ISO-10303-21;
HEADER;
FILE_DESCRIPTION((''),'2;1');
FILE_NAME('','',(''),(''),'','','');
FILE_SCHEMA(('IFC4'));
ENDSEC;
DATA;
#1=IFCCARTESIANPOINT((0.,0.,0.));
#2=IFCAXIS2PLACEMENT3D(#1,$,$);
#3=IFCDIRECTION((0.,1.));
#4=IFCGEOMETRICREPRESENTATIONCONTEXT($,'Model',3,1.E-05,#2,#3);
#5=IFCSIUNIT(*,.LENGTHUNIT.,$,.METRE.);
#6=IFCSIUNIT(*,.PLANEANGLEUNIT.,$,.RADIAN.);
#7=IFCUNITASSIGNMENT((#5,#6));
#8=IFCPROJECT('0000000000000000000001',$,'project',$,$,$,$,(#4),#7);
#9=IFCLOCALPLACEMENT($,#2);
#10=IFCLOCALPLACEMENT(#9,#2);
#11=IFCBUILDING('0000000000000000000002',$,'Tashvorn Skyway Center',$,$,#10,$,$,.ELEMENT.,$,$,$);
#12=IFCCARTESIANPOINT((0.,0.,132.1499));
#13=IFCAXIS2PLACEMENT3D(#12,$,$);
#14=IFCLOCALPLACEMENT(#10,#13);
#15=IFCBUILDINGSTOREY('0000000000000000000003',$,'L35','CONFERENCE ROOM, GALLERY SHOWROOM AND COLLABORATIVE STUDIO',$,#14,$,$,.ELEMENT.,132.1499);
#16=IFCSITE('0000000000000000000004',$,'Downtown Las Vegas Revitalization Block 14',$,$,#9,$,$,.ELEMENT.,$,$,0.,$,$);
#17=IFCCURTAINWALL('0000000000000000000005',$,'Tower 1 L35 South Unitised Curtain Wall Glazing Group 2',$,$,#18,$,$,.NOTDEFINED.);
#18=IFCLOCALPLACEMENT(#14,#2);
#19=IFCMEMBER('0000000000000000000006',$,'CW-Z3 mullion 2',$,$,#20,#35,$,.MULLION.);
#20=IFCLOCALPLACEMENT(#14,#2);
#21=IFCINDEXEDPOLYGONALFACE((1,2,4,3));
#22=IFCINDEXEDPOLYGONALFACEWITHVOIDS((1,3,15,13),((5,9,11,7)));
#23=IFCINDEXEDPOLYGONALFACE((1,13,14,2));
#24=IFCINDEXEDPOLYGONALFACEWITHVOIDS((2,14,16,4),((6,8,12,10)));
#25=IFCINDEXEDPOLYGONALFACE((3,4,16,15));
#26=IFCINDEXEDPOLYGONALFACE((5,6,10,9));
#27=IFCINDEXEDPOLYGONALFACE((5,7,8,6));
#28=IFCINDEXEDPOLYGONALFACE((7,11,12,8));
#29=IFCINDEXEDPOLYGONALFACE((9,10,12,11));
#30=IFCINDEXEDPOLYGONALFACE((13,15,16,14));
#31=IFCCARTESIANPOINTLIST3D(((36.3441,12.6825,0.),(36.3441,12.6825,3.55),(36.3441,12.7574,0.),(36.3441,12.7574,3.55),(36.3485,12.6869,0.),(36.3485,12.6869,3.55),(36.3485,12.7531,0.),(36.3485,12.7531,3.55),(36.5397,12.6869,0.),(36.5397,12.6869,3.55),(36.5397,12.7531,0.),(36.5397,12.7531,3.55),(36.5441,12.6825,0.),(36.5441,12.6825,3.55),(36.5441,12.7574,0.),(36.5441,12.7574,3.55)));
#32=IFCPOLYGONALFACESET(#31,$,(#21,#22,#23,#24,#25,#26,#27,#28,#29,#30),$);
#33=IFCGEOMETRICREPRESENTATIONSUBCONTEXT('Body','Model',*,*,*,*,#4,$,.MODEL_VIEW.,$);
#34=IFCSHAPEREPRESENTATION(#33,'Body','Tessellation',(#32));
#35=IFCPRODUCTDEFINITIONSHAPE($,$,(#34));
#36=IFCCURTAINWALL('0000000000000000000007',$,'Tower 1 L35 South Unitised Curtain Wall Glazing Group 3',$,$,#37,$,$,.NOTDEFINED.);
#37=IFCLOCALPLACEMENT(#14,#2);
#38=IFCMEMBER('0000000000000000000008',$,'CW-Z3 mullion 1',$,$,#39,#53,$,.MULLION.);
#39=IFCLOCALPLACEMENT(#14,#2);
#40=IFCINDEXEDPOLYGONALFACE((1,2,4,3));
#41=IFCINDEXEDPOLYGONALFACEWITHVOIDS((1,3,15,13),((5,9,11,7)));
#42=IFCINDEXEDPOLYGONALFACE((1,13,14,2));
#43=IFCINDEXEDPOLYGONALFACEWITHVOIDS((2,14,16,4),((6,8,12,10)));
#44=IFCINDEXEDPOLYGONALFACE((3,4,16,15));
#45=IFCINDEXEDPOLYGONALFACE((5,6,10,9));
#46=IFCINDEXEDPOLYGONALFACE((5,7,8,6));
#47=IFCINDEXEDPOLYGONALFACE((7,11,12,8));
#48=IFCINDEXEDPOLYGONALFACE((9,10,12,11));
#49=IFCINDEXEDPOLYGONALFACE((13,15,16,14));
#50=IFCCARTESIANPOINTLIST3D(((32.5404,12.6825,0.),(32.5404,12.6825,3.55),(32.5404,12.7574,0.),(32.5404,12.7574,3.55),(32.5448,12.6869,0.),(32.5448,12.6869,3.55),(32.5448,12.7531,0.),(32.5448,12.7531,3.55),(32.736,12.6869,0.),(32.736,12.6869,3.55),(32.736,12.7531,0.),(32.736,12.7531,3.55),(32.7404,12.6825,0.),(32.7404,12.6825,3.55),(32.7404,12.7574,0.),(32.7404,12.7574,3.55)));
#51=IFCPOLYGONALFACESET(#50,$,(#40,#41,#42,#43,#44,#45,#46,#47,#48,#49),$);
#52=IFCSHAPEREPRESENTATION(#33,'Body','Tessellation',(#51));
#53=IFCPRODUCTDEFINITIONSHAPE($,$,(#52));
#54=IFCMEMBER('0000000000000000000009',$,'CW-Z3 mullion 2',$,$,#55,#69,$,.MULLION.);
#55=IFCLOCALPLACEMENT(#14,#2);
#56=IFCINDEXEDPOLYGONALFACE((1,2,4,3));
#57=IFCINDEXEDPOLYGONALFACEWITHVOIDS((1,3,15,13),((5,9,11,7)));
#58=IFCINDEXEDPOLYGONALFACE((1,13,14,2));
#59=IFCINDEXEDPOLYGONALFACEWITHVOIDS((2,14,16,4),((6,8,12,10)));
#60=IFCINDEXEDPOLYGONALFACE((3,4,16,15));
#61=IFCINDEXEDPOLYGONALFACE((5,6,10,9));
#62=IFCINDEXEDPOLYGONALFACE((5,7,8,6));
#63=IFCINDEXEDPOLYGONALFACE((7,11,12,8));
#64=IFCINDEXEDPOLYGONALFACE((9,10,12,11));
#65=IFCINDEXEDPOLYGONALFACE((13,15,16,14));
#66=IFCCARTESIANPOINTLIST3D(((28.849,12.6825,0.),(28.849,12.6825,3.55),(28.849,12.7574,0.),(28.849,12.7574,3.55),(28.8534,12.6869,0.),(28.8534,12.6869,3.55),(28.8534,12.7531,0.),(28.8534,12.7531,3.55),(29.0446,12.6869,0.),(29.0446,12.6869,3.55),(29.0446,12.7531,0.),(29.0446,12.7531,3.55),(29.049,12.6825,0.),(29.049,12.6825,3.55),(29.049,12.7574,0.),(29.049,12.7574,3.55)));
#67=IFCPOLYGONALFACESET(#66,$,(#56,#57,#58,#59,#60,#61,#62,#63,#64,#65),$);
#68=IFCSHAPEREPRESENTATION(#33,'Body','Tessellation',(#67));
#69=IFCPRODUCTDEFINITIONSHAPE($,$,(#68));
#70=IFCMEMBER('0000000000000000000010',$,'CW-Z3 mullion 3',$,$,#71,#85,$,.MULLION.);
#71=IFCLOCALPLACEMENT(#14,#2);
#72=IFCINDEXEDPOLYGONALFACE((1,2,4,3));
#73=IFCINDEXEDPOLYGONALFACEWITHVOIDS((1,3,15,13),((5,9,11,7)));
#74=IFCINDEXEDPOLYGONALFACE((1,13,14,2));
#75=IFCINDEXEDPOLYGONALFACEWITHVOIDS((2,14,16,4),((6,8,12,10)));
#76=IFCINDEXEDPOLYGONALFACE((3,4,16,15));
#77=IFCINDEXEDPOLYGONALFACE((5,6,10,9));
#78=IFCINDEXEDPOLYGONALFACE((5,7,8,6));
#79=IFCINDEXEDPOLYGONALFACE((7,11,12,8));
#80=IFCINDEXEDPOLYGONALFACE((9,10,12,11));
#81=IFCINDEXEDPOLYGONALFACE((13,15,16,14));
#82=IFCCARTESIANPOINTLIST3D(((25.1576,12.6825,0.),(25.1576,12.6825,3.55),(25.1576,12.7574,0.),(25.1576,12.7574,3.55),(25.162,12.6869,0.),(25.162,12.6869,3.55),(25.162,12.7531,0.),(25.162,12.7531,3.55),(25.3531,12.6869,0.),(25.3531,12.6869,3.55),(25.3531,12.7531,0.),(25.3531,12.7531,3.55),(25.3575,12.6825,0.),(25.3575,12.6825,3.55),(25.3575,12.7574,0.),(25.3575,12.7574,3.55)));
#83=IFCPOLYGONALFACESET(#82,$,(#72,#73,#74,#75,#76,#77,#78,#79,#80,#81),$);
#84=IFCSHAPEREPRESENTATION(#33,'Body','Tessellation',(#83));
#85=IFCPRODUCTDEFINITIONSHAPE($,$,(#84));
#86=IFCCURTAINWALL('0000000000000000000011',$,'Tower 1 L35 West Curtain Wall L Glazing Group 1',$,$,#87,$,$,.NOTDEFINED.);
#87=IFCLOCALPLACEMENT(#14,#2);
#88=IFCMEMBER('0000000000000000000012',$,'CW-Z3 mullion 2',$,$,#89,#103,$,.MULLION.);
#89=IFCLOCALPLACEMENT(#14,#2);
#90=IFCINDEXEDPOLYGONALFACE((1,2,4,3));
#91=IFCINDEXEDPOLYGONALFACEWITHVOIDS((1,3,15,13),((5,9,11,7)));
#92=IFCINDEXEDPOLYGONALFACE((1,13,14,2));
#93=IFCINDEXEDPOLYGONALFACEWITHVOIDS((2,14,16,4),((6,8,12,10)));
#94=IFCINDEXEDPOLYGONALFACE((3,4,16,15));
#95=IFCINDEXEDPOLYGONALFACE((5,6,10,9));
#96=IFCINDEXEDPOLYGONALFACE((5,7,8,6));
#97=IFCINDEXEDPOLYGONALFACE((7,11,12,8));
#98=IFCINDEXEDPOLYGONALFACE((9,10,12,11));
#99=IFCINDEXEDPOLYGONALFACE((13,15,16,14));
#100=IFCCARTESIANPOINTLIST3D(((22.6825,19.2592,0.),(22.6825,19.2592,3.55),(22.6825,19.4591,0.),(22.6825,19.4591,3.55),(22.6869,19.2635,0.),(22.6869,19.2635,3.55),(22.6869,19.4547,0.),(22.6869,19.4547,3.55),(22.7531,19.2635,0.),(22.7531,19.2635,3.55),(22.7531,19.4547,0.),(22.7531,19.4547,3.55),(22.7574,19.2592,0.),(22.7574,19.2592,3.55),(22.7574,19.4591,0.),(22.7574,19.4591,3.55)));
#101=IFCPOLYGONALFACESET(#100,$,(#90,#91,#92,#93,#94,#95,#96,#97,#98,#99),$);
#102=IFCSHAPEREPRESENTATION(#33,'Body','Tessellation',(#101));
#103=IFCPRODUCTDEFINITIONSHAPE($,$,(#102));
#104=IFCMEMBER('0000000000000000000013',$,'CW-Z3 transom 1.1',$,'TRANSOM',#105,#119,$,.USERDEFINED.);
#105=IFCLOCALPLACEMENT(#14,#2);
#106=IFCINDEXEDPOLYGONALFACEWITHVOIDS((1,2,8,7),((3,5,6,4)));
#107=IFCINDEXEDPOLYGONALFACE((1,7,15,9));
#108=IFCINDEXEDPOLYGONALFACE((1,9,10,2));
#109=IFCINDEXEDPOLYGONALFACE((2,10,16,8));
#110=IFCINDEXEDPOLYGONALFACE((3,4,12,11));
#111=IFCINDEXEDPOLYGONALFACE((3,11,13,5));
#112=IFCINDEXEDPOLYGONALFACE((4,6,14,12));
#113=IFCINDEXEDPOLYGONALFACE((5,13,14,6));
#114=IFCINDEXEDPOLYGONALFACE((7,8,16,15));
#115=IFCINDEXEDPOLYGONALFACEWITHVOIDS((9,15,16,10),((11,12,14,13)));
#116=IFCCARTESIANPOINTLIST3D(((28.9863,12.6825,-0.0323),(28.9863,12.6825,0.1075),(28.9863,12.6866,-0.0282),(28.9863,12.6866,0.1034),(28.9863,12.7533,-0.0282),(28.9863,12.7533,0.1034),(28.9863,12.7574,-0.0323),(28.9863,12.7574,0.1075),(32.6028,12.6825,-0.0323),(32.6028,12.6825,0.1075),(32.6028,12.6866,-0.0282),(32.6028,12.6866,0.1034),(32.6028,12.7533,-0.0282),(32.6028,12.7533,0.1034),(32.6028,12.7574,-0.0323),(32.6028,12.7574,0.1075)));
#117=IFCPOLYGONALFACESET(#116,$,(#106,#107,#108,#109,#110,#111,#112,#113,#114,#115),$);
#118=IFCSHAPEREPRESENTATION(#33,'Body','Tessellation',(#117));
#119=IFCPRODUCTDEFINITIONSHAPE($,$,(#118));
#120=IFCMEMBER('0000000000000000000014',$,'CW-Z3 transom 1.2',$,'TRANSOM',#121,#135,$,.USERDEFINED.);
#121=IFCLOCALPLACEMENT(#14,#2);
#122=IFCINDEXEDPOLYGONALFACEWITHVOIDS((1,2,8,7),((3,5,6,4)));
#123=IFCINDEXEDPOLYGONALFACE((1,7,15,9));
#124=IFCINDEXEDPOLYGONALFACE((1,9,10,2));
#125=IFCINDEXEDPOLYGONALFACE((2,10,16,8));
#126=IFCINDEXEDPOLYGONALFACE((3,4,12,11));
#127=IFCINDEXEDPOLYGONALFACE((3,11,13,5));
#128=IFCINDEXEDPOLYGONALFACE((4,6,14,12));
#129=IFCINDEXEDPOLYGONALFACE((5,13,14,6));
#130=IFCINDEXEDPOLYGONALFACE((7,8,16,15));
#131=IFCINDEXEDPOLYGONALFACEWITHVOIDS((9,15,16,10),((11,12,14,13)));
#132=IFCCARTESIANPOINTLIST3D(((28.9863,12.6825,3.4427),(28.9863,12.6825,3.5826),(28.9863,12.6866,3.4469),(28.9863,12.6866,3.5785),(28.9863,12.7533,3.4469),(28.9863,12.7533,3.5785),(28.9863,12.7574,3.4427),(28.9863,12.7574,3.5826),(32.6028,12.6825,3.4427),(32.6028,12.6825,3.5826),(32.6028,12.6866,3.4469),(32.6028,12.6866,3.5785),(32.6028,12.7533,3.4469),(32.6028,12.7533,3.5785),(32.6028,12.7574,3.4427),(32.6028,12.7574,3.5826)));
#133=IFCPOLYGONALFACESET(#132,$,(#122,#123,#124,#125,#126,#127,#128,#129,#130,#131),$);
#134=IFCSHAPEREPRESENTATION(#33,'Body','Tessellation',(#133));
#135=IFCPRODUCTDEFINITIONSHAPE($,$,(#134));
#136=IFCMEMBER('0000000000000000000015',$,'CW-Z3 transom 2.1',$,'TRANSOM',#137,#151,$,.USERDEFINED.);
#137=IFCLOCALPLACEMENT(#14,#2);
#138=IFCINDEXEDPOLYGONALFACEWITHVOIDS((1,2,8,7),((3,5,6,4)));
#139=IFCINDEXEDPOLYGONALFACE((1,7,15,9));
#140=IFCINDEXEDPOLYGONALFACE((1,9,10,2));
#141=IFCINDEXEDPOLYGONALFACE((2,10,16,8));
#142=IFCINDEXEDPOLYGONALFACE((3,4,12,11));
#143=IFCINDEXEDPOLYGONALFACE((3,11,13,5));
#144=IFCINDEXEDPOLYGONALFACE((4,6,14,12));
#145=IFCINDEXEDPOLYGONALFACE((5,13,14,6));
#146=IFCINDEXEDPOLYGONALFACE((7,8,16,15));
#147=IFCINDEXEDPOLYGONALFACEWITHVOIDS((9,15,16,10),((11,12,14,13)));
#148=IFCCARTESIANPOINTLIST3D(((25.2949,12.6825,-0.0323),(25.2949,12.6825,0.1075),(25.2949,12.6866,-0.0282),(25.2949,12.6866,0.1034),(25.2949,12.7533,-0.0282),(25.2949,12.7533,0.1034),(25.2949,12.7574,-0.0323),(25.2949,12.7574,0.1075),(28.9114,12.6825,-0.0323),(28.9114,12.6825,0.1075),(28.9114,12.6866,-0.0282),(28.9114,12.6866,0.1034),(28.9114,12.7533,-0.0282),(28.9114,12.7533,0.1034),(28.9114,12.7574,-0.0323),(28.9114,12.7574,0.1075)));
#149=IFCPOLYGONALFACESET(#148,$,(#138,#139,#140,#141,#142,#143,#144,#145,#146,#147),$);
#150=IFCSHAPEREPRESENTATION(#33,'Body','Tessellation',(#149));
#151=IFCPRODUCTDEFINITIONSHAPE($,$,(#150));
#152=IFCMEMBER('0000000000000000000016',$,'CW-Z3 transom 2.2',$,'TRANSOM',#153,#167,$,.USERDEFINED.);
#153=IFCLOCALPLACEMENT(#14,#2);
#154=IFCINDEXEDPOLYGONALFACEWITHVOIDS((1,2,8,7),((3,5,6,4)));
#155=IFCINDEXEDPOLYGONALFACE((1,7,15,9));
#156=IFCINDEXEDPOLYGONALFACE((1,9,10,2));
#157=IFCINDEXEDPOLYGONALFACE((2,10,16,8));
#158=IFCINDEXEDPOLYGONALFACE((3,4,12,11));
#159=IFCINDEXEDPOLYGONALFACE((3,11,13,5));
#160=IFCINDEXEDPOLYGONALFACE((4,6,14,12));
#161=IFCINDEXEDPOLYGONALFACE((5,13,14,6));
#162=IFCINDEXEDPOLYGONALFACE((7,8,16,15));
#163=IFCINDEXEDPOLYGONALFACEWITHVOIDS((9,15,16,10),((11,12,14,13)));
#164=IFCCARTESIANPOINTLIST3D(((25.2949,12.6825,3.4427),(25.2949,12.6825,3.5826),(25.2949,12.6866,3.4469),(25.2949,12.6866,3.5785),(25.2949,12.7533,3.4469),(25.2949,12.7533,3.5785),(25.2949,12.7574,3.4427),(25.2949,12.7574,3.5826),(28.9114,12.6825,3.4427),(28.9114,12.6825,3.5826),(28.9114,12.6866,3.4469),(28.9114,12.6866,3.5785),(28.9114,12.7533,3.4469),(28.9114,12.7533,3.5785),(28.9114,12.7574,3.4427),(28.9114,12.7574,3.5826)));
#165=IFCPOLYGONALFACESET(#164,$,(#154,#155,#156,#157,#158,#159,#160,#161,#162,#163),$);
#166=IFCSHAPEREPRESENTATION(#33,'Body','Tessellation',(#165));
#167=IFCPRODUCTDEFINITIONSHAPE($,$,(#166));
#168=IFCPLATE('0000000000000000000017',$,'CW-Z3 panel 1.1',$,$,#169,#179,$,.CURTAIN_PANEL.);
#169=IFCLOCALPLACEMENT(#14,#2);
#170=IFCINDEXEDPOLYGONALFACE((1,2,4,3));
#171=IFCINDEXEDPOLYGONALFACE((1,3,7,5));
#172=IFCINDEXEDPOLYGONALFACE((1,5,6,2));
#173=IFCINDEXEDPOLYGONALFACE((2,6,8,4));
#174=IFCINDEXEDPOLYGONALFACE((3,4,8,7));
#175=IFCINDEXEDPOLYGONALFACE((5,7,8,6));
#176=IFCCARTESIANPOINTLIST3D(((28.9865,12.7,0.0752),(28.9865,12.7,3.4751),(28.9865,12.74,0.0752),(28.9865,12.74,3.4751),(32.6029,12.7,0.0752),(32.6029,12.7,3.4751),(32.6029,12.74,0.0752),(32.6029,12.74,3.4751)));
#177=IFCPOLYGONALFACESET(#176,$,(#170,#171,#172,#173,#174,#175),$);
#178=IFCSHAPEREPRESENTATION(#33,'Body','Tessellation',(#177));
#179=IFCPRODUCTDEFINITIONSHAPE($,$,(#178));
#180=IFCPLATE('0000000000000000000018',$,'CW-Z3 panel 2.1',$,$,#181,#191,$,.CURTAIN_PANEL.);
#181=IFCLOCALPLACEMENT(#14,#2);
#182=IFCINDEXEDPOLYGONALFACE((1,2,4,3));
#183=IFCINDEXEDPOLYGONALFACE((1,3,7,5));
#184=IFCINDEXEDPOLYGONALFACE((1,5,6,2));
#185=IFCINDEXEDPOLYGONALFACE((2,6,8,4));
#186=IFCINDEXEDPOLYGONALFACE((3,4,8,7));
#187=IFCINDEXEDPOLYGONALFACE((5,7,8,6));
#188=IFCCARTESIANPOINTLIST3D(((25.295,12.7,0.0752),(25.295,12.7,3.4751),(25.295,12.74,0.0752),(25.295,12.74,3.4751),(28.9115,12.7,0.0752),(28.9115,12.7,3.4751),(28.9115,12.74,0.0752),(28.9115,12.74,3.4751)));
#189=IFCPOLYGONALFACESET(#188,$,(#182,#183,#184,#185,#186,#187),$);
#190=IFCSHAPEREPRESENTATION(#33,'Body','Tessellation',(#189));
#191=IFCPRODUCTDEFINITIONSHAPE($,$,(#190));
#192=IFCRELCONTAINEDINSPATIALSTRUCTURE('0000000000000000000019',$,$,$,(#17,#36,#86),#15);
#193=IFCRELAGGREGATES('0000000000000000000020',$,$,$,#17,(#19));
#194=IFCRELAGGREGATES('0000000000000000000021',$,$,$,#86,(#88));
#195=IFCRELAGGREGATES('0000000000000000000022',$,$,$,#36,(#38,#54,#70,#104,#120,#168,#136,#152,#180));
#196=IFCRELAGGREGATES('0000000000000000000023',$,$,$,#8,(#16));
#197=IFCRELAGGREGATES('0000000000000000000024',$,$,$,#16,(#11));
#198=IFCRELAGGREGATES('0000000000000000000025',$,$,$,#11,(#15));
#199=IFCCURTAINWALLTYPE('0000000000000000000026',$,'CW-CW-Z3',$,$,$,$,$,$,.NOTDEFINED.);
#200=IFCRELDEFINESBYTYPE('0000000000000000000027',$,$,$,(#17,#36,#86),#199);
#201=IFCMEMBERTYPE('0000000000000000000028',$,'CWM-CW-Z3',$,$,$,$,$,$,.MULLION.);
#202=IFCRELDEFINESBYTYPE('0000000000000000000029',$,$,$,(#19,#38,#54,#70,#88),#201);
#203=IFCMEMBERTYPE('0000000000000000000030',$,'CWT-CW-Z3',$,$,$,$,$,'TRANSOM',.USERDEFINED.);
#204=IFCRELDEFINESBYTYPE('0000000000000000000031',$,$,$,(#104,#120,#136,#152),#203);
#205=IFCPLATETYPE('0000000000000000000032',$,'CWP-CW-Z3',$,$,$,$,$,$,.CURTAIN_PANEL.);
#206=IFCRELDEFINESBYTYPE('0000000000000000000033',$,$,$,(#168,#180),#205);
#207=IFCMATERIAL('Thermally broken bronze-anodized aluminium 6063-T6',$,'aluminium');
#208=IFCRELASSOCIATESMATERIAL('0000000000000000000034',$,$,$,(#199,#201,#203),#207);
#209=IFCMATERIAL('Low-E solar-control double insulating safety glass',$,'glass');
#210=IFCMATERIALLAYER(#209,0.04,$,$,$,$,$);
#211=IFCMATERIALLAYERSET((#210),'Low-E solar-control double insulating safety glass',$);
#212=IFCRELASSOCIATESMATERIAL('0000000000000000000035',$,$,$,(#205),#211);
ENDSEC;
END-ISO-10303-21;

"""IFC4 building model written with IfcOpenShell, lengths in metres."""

from ifc_helpers import new_model, si_unit, direction, frame, origin, origin_2d, place, context, subcontext, project, spatial, rectangle, hollow_rectangle, extrude, material, layer, layer_set, material_profile, profile_set, type_object, element, aggregate, save


model = new_model("IFC4")

# Units and contexts
model_context = context("Model", 3, precision=1e-05, world=origin(), true_north=direction((0.0, 1.0)))
body_context = subcontext(model_context, "Body", "Model", "MODEL_VIEW")
ifc_project = project(units=[si_unit("LENGTHUNIT", "METRE"), si_unit("PLANEANGLEUNIT", "RADIAN")], contexts=[model_context])

# Site, building, storey
site_placement = place(None, origin())
site = spatial("IfcSite", under=ifc_project, at=site_placement, Name="Downtown Las Vegas Revitalization Block 14", CompositionType="ELEMENT", RefElevation=0.0)
building_placement = place(site_placement, origin())
building = spatial("IfcBuilding", under=site, at=building_placement, Name="Tashvorn Skyway Center", CompositionType="ELEMENT")
storey_placement = place(building_placement, frame((0.0, 0.0, 132.1499)))
storey = spatial("IfcBuildingStorey", under=building, at=storey_placement, Name="L35", Description="CONFERENCE ROOM, GALLERY SHOWROOM AND COLLABORATIVE STUDIO", CompositionType="ELEMENT", Elevation=132.1499)

# Curtain wall, member
ifc_material_1 = material(Name="Thermally broken bronze-anodized aluminium 6063-T6", Category="aluminium")
curtain_wall_type = type_object("IfcCurtainWallType", Name="CW-CW-Z3", PredefinedType="NOTDEFINED", material=ifc_material_1)
curtain_wall_1_placement = place(storey_placement, origin())
curtain_wall_1 = element("IfcCurtainWall", 1, at=curtain_wall_1_placement, inside=storey, type_object=curtain_wall_type, Name="Tower 1 L35 South Unitised Curtain Wall Glazing Group 2", PredefinedType="NOTDEFINED")
ifc_material_profile_1 = material_profile(ifc_material_1, hollow_rectangle(XDim=0.075, YDim=0.2, WallThickness=0.0044, at=origin_2d()), Name="ALU-MULL-75x200")
ifc_profile_set_1 = profile_set([ifc_material_profile_1], Name="Thermally broken bronze-anodized aluminium 6063-T6")
member_type_1 = type_object("IfcMemberType", Name="CWM-CW-Z3", PredefinedType="MULLION", material=ifc_profile_set_1)
member_1_placement = place(storey_placement, frame((36.4441, 12.72, 0.0), z_axis=(0.0, 0.0, 1.0), x_axis=(0.0, -1.0, 0.0)))
member_1 = element("IfcMember", 2, at=member_1_placement, type_object=member_type_1, Name="CW-Z3 mullion 2", PredefinedType="MULLION", context=body_context, shape_type="SweptSolid", body=[
    extrude(hollow_rectangle(XDim=0.075, YDim=0.2, WallThickness=0.0044, at=origin_2d()), origin(), (0.0, 0.0, 1.0), 3.55),
])
aggregate(curtain_wall_1, [member_1])

# Curtain wall, members
curtain_wall_2_placement = place(storey_placement, origin())
curtain_wall_2 = element("IfcCurtainWall", 3, at=curtain_wall_2_placement, inside=storey, type_object=curtain_wall_type, Name="Tower 1 L35 South Unitised Curtain Wall Glazing Group 3", PredefinedType="NOTDEFINED")
member_2_placement = place(storey_placement, frame((32.6404, 12.72, 0.0), z_axis=(0.0, 0.0, 1.0), x_axis=(0.0, -1.0, 0.0)))
member_2 = element("IfcMember", 4, at=member_2_placement, type_object=member_type_1, Name="CW-Z3 mullion 1", PredefinedType="MULLION", context=body_context, shape_type="SweptSolid", body=[
    extrude(hollow_rectangle(XDim=0.075, YDim=0.2, WallThickness=0.0044, at=origin_2d()), origin(), (0.0, 0.0, 1.0), 3.55),
])
member_3_placement = place(storey_placement, frame((28.949, 12.72, 0.0), z_axis=(0.0, 0.0, 1.0), x_axis=(0.0, -1.0, 0.0)))
member_3 = element("IfcMember", 5, at=member_3_placement, type_object=member_type_1, Name="CW-Z3 mullion 2", PredefinedType="MULLION", context=body_context, shape_type="SweptSolid", body=[
    extrude(hollow_rectangle(XDim=0.075, YDim=0.2, WallThickness=0.0044, at=origin_2d()), origin(), (0.0, 0.0, 1.0), 3.55),
])
member_4_placement = place(storey_placement, frame((25.2576, 12.72, 0.0), z_axis=(0.0, 0.0, 1.0), x_axis=(0.0, -1.0, 0.0)))
member_4 = element("IfcMember", 6, at=member_4_placement, type_object=member_type_1, Name="CW-Z3 mullion 3", PredefinedType="MULLION", context=body_context, shape_type="SweptSolid", body=[
    extrude(hollow_rectangle(XDim=0.075, YDim=0.2, WallThickness=0.0044, at=origin_2d()), origin(), (0.0, 0.0, 1.0), 3.55),
])

# Curtain wall, member
curtain_wall_3_placement = place(storey_placement, origin())
curtain_wall_3 = element("IfcCurtainWall", 7, at=curtain_wall_3_placement, inside=storey, type_object=curtain_wall_type, Name="Tower 1 L35 West Curtain Wall L Glazing Group 1", PredefinedType="NOTDEFINED")
member_5_placement = place(storey_placement, frame((22.72, 19.3591, 0.0), z_axis=(0.0, 0.0, 1.0), x_axis=(-1.0, 0.0, 0.0)))
member_5 = element("IfcMember", 8, at=member_5_placement, type_object=member_type_1, Name="CW-Z3 mullion 2", PredefinedType="MULLION", context=body_context, shape_type="SweptSolid", body=[
    extrude(hollow_rectangle(XDim=0.075, YDim=0.2, WallThickness=0.0044, at=origin_2d()), origin(), (0.0, 0.0, 1.0), 3.55),
])
aggregate(curtain_wall_3, [member_5])

# Members
ifc_material_profile_2 = material_profile(ifc_material_1, hollow_rectangle(XDim=0.075, YDim=0.1399, WallThickness=0.0042, at=origin_2d()), Name="ALU-TRAN-75x140")
ifc_profile_set_2 = profile_set([ifc_material_profile_2], Name="Thermally broken bronze-anodized aluminium 6063-T6")
member_type_2 = type_object("IfcMemberType", Name="CWT-CW-Z3", ElementType="TRANSOM", PredefinedType="USERDEFINED", material=ifc_profile_set_2)
member_6_placement = place(storey_placement, frame((32.6028, 12.72, 0.0376), z_axis=(-1.0, 0.0, 0.0), x_axis=(0.0, -1.0, 0.0)))
member_6 = element("IfcMember", 9, at=member_6_placement, type_object=member_type_2, Name="CW-Z3 transom 1.1", ObjectType="TRANSOM", PredefinedType="USERDEFINED", context=body_context, shape_type="SweptSolid", body=[
    extrude(hollow_rectangle(XDim=0.075, YDim=0.1399, WallThickness=0.0042, at=origin_2d()), origin(), (0.0, 0.0, 1.0), 3.6165),
])
member_7_placement = place(storey_placement, frame((32.6028, 12.72, 3.5127), z_axis=(-1.0, 0.0, 0.0), x_axis=(0.0, -1.0, 0.0)))
member_7 = element("IfcMember", 10, at=member_7_placement, type_object=member_type_2, Name="CW-Z3 transom 1.2", ObjectType="TRANSOM", PredefinedType="USERDEFINED", context=body_context, shape_type="SweptSolid", body=[
    extrude(hollow_rectangle(XDim=0.075, YDim=0.1399, WallThickness=0.0042, at=origin_2d()), origin(), (0.0, 0.0, 1.0), 3.6165),
])
member_8_placement = place(storey_placement, frame((28.9114, 12.72, 0.0376), z_axis=(-1.0, 0.0, 0.0), x_axis=(0.0, -1.0, 0.0)))
member_8 = element("IfcMember", 11, at=member_8_placement, type_object=member_type_2, Name="CW-Z3 transom 2.1", ObjectType="TRANSOM", PredefinedType="USERDEFINED", context=body_context, shape_type="SweptSolid", body=[
    extrude(hollow_rectangle(XDim=0.075, YDim=0.1399, WallThickness=0.0042, at=origin_2d()), origin(), (0.0, 0.0, 1.0), 3.6165),
])
member_9_placement = place(storey_placement, frame((28.9114, 12.72, 3.5127), z_axis=(-1.0, 0.0, 0.0), x_axis=(0.0, -1.0, 0.0)))
member_9 = element("IfcMember", 12, at=member_9_placement, type_object=member_type_2, Name="CW-Z3 transom 2.2", ObjectType="TRANSOM", PredefinedType="USERDEFINED", context=body_context, shape_type="SweptSolid", body=[
    extrude(hollow_rectangle(XDim=0.075, YDim=0.1399, WallThickness=0.0042, at=origin_2d()), origin(), (0.0, 0.0, 1.0), 3.6165),
])

# Plates
ifc_material_2 = material(Name="Low-E solar-control double insulating safety glass", Category="glass")
ifc_layer_1 = layer(ifc_material_2, 0.04)
ifc_layer_set_1 = layer_set([ifc_layer_1], Name="Low-E solar-control double insulating safety glass")
plate_type = type_object("IfcPlateType", Name="CWP-CW-Z3", PredefinedType="CURTAIN_PANEL", material=ifc_layer_set_1)
plate_1_placement = place(storey_placement, frame((30.7947, 12.72, 0.0752), z_axis=(0.0, 0.0, 1.0), x_axis=(-1.0, 0.0, 0.0)))
plate_1 = element("IfcPlate", 13, at=plate_1_placement, type_object=plate_type, Name="CW-Z3 panel 1.1", PredefinedType="CURTAIN_PANEL", context=body_context, shape_type="SweptSolid", body=[
    extrude(rectangle(XDim=3.6165, YDim=0.04, at=origin_2d()), origin(), (0.0, 0.0, 1.0), 3.3999),
])
plate_2_placement = place(storey_placement, frame((27.1033, 12.72, 0.0752), z_axis=(0.0, 0.0, 1.0), x_axis=(-1.0, 0.0, 0.0)))
plate_2 = element("IfcPlate", 14, at=plate_2_placement, type_object=plate_type, Name="CW-Z3 panel 2.1", PredefinedType="CURTAIN_PANEL", context=body_context, shape_type="SweptSolid", body=[
    extrude(rectangle(XDim=3.6165, YDim=0.04, at=origin_2d()), origin(), (0.0, 0.0, 1.0), 3.3999),
])
aggregate(curtain_wall_2, [member_2, member_3, member_4, member_6, member_7, plate_1, member_8, member_9, plate_2])

save(model, "model.ifc")
